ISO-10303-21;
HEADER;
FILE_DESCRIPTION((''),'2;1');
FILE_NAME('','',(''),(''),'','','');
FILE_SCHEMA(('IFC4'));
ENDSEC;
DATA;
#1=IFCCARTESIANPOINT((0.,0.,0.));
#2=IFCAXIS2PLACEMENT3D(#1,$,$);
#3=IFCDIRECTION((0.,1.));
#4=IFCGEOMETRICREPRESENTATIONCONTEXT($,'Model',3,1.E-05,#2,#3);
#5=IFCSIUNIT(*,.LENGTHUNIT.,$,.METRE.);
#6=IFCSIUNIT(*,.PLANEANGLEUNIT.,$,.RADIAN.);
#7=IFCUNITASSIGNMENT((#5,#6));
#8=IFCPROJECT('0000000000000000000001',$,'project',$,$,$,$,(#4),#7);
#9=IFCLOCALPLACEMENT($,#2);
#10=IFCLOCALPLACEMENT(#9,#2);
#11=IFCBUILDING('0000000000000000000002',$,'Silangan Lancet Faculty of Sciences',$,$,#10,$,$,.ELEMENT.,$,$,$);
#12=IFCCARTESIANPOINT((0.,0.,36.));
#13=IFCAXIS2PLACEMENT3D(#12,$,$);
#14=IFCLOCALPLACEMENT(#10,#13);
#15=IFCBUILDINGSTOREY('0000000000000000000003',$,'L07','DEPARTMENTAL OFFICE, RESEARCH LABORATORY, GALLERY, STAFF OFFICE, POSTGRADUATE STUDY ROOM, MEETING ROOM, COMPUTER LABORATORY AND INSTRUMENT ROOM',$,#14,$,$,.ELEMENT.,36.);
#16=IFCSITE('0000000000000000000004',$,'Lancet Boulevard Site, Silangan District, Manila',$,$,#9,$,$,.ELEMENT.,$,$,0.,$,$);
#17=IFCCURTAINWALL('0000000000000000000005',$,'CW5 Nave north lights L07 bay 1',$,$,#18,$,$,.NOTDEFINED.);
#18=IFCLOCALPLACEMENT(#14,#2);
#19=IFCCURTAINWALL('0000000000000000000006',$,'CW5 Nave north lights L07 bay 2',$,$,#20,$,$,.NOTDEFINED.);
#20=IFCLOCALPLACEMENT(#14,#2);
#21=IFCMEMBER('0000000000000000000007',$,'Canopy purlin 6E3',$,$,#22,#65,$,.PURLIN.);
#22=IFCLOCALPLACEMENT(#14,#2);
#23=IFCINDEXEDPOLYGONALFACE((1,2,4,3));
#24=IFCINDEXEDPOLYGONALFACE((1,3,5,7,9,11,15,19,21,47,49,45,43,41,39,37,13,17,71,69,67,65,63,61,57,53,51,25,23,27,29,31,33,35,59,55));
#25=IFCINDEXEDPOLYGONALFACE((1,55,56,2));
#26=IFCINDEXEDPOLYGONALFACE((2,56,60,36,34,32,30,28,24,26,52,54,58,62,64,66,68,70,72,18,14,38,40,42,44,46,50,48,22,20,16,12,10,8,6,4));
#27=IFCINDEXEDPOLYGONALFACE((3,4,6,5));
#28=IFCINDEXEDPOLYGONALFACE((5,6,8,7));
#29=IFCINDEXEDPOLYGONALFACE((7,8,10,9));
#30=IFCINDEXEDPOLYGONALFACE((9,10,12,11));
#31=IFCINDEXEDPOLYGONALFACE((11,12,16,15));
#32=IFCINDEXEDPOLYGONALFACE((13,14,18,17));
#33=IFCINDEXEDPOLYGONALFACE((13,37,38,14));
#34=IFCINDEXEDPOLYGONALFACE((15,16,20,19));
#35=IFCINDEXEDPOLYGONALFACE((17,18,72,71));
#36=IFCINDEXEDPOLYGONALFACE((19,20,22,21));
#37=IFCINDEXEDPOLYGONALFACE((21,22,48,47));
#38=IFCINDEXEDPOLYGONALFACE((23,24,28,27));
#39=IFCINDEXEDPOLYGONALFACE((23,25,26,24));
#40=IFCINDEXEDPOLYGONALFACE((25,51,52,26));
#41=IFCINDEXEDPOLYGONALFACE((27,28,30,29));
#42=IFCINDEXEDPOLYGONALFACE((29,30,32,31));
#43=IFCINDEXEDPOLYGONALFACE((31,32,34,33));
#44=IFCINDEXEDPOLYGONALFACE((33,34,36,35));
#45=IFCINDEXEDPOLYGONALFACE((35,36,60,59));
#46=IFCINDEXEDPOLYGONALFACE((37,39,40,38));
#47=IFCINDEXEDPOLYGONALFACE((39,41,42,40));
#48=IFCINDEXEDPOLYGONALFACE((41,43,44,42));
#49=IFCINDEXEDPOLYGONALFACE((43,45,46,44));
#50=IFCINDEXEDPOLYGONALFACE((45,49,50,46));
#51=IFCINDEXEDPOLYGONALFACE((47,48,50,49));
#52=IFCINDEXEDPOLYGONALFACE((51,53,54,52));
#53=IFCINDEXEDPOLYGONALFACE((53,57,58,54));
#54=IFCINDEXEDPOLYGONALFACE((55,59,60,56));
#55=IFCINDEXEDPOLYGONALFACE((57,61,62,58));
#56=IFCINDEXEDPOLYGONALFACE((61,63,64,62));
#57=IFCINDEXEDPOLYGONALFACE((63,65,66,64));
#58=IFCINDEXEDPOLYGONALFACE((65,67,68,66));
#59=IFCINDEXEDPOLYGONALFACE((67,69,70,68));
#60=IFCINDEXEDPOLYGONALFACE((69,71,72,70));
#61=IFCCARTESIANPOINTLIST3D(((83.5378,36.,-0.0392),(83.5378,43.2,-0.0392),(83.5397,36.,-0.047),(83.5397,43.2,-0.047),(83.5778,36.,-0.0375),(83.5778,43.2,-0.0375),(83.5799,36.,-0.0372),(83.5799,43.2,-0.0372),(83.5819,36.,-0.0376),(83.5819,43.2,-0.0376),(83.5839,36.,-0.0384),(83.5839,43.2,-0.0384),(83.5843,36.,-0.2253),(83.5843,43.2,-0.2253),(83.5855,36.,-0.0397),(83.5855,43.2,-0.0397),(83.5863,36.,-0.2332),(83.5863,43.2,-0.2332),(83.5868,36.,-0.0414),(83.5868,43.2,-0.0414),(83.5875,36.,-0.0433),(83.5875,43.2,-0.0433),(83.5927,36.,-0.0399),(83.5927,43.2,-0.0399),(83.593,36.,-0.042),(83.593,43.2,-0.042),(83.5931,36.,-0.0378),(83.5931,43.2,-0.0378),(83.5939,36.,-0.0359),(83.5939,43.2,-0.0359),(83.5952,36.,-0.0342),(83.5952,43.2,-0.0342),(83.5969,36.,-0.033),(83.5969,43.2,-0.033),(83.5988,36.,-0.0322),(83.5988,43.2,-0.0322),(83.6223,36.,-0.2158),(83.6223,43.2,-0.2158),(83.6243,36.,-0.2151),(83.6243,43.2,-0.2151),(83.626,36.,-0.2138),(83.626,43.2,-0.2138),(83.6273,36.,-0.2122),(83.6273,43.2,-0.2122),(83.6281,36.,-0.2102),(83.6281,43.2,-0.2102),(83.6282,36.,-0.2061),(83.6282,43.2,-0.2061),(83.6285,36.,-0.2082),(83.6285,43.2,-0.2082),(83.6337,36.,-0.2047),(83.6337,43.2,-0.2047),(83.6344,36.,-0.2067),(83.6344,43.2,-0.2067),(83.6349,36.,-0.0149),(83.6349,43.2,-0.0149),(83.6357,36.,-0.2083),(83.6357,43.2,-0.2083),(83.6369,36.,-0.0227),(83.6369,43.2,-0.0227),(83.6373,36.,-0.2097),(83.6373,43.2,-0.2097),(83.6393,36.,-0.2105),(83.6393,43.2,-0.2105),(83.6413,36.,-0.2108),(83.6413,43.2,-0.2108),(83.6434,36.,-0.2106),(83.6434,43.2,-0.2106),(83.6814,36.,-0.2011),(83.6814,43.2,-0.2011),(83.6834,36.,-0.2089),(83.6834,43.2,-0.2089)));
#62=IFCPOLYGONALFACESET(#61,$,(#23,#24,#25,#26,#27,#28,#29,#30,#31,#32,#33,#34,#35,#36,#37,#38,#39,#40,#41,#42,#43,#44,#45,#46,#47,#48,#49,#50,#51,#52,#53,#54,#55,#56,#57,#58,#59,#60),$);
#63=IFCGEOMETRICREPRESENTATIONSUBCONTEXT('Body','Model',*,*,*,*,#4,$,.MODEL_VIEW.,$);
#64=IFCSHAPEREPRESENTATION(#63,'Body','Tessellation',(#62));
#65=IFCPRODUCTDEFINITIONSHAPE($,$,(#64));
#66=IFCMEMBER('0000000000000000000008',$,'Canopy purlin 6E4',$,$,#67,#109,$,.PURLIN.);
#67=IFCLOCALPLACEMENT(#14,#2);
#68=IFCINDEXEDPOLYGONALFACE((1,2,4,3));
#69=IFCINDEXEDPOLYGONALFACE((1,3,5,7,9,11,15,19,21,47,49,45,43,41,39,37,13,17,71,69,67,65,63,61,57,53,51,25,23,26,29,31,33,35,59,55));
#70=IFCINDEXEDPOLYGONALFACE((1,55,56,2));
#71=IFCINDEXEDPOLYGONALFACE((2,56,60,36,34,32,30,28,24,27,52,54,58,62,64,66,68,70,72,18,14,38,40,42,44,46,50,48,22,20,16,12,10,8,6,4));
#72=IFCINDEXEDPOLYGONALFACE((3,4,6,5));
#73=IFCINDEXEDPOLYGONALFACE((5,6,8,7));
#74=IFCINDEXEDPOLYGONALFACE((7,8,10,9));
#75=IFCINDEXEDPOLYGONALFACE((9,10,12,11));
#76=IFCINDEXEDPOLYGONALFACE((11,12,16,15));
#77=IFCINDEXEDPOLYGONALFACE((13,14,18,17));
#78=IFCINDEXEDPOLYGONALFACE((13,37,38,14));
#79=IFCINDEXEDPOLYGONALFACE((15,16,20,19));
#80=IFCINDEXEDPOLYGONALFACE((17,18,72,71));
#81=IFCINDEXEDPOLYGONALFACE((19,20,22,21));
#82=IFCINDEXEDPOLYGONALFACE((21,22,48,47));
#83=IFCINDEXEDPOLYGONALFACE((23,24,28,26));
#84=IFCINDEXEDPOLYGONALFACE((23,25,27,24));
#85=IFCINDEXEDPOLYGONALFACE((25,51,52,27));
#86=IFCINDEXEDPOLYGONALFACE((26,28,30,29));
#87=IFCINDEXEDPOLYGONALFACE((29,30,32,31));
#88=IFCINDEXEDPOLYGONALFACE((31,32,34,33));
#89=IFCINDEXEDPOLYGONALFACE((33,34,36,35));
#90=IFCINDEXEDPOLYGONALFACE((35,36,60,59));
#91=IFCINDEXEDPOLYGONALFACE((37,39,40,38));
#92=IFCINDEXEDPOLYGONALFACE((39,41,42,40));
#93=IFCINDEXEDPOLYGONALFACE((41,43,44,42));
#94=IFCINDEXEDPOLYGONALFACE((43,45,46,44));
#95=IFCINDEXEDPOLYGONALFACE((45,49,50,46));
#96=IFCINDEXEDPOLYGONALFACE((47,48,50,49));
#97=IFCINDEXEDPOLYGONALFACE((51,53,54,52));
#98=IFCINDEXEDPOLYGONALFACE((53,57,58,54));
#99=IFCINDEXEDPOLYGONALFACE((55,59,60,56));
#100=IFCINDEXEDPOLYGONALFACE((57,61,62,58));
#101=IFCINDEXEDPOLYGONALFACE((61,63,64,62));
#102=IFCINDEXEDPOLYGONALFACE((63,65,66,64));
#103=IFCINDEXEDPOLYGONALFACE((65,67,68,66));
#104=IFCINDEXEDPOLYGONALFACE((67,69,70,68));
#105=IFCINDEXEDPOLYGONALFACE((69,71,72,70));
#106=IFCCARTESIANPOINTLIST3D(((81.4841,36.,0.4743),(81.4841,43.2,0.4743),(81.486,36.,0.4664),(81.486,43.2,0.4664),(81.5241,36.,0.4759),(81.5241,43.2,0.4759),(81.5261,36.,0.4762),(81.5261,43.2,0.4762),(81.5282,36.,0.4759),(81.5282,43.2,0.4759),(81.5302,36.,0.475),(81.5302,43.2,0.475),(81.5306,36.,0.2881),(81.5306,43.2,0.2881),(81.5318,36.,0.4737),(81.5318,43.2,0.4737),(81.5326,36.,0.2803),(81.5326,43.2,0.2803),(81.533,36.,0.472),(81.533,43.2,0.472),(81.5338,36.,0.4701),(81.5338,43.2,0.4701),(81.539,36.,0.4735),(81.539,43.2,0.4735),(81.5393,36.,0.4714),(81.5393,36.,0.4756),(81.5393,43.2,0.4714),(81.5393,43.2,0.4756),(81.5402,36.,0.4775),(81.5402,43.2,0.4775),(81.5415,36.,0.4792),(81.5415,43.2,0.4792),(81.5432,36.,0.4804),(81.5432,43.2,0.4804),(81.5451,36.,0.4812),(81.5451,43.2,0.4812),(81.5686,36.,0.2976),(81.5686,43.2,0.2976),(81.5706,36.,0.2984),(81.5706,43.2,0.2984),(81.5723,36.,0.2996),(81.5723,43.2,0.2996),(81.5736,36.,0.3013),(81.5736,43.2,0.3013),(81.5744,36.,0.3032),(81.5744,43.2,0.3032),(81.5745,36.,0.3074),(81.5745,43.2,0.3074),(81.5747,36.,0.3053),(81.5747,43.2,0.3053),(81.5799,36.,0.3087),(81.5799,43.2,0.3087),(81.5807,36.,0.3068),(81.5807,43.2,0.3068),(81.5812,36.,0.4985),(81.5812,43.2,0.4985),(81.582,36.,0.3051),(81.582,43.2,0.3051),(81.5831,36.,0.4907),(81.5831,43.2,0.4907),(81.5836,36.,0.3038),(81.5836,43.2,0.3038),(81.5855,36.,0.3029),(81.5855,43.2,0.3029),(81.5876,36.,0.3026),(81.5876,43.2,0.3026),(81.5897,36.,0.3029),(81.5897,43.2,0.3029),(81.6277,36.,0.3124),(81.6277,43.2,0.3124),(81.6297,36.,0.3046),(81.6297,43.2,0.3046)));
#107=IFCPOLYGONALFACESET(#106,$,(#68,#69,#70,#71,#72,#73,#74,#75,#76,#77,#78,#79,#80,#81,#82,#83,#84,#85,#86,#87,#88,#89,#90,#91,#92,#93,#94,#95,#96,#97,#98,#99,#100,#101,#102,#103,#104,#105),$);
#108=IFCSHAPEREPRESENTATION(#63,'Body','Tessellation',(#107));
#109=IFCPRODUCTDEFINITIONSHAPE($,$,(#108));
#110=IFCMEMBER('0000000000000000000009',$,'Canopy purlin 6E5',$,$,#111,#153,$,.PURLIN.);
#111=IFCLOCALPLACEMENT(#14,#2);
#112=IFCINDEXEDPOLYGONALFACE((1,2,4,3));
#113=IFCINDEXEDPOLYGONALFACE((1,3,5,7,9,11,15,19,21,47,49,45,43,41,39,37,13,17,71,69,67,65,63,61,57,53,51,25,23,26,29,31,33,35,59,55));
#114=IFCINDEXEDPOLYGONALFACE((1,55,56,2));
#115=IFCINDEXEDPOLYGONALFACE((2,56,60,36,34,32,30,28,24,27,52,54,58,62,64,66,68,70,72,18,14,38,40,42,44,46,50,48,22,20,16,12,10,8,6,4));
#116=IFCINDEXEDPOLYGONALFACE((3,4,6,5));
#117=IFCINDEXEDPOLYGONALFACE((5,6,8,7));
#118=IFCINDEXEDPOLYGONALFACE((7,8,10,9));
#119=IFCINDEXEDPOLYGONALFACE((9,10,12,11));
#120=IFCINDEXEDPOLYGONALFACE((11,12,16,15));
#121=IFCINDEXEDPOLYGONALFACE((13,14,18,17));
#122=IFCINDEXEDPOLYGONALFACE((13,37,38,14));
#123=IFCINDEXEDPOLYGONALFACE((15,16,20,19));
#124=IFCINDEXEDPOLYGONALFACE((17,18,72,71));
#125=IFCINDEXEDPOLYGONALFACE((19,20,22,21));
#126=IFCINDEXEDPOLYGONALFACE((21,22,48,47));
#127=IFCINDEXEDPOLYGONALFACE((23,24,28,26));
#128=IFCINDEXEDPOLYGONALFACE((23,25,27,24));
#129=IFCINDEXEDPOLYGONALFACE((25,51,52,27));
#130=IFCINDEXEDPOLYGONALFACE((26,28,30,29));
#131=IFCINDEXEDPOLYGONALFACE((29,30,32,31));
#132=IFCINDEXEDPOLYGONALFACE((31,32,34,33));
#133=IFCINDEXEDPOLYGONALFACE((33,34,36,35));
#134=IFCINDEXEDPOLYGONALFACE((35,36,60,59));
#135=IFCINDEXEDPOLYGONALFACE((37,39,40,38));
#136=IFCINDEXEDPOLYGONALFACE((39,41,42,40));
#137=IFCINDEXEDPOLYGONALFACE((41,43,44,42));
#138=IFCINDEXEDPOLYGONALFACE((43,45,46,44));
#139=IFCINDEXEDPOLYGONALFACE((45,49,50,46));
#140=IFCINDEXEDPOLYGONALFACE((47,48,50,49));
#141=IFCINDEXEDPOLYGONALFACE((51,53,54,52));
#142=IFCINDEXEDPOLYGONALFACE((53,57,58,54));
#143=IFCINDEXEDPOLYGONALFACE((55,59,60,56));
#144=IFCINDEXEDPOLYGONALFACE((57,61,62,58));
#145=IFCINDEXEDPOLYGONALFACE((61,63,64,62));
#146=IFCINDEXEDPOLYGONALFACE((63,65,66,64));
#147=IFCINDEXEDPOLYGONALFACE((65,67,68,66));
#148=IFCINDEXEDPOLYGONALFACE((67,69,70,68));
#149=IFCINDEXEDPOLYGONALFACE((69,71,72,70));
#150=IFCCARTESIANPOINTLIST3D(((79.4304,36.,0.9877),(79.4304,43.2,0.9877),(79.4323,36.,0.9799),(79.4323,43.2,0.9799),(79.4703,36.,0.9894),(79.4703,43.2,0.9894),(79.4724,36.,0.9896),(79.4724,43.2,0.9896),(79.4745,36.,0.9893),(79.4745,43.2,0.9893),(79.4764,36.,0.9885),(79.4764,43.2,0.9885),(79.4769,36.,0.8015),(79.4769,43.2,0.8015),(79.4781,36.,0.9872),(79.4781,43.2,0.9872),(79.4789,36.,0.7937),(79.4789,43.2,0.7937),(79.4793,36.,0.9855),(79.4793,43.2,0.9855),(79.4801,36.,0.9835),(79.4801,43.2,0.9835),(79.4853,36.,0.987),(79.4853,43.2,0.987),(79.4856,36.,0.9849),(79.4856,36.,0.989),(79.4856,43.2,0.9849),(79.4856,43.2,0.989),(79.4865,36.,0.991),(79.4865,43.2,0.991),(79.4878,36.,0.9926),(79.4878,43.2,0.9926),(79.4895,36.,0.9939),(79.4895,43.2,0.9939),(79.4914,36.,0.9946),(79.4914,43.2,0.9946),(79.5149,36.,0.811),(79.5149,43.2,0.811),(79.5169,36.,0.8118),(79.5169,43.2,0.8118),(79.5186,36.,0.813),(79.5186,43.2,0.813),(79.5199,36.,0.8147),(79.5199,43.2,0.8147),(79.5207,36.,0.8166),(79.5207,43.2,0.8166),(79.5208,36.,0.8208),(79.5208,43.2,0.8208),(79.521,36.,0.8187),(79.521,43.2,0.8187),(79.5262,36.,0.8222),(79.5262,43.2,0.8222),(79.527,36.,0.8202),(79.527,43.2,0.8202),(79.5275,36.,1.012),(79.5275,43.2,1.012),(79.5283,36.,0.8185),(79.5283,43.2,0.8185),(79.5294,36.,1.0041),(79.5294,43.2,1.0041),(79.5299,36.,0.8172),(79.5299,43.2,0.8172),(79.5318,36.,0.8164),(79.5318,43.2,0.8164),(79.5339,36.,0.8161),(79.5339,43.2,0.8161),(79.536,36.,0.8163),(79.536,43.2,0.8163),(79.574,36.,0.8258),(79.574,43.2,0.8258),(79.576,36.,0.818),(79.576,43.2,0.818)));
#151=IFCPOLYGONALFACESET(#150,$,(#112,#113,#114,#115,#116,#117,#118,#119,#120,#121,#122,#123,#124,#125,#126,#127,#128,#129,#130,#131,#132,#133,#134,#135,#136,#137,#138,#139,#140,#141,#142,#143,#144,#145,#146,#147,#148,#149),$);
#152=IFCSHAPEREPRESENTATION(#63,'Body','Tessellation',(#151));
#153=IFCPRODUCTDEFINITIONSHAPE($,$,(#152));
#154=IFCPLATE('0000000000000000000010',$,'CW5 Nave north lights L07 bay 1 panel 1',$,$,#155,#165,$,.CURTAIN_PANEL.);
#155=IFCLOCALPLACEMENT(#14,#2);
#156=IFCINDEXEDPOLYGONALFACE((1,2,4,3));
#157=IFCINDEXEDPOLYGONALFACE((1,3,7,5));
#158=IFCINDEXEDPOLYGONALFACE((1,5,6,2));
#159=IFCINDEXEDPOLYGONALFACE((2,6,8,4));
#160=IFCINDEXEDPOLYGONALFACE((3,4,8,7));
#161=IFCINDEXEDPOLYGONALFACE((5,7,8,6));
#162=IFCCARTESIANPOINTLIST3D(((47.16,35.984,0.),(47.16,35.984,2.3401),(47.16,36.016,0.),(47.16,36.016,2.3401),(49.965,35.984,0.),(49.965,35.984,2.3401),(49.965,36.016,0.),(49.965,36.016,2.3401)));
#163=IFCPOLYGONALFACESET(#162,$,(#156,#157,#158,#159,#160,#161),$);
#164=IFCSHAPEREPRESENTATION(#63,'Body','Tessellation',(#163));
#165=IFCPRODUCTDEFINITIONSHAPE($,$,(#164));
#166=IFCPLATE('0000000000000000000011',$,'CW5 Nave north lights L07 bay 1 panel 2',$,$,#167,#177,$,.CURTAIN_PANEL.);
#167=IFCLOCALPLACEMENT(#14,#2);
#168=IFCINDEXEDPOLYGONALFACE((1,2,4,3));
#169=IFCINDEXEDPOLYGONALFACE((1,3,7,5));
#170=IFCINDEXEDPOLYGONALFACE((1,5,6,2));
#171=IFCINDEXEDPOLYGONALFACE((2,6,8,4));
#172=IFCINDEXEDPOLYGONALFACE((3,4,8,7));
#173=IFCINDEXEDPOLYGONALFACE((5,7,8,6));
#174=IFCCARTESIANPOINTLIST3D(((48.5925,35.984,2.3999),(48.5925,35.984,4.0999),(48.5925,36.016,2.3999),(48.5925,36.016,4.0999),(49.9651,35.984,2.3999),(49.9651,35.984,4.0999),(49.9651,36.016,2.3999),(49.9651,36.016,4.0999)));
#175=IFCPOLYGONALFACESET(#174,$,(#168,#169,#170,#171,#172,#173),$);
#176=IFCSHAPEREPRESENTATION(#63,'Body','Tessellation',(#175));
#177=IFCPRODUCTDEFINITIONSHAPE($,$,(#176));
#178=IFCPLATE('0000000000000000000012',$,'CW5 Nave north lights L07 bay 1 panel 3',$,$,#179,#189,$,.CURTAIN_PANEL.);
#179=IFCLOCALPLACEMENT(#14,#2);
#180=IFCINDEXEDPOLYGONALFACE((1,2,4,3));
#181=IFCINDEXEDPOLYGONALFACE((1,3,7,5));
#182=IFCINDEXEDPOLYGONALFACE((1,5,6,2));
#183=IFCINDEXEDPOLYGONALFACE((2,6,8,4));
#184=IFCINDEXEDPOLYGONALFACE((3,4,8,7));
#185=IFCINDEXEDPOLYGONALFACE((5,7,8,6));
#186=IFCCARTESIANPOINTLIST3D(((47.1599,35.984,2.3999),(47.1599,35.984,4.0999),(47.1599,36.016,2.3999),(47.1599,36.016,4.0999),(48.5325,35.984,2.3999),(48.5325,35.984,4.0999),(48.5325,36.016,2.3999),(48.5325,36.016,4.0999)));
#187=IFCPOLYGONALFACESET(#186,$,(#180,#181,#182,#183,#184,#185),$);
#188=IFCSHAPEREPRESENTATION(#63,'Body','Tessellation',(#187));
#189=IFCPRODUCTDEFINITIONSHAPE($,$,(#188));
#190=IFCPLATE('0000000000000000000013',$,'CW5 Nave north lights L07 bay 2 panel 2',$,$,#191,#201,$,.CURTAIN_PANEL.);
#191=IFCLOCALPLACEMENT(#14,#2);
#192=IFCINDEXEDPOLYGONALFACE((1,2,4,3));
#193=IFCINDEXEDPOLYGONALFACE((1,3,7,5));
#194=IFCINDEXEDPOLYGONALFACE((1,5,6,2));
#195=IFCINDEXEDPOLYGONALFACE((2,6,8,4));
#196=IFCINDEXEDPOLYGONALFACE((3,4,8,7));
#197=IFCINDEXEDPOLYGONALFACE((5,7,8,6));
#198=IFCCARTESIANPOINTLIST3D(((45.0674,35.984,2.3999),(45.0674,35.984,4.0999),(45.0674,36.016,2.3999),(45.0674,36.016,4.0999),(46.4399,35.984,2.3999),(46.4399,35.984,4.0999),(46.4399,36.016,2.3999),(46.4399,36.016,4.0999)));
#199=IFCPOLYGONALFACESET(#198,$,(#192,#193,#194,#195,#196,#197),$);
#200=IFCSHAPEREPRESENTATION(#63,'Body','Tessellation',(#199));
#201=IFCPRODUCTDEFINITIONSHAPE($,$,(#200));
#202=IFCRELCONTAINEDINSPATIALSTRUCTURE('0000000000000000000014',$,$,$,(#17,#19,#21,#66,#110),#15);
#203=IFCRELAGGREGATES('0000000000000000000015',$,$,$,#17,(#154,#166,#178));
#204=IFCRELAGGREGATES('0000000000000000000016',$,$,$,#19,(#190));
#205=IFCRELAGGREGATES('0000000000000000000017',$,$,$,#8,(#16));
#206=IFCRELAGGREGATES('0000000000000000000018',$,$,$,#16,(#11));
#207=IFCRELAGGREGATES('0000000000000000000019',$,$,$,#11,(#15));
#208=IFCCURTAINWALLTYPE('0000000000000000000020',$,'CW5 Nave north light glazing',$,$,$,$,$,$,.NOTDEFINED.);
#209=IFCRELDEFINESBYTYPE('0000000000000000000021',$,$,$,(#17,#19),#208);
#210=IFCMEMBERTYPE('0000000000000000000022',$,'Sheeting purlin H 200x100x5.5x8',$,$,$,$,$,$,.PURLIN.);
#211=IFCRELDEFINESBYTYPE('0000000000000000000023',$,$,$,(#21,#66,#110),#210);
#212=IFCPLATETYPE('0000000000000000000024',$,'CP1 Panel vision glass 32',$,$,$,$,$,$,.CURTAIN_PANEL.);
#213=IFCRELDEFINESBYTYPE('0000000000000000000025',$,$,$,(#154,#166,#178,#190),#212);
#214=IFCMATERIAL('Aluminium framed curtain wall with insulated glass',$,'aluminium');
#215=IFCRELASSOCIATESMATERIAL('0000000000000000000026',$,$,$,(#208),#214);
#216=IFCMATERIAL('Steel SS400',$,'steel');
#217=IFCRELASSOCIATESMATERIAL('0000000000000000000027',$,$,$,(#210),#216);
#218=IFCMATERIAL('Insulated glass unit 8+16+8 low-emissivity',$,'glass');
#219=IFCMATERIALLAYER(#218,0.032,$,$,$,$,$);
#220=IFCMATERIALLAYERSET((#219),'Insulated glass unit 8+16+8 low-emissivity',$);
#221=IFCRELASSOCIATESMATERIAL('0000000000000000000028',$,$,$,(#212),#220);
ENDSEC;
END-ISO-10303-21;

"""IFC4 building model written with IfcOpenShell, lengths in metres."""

from ifc_helpers import new_model, si_unit, direction, frame, origin, origin_2d, place, context, subcontext, project, spatial, rectangle, i_section, extrude, material, layer, layer_set, material_profile, profile_set, type_object, element, aggregate, save


model = new_model("IFC4")

# Units and contexts
model_context = context("Model", 3, precision=1e-05, world=origin(), true_north=direction((0.0, 1.0)))
body_context = subcontext(model_context, "Body", "Model", "MODEL_VIEW")
ifc_project = project(units=[si_unit("LENGTHUNIT", "METRE"), si_unit("PLANEANGLEUNIT", "RADIAN")], contexts=[model_context])

# Site, building, storey
site_placement = place(None, origin())
site = spatial("IfcSite", under=ifc_project, at=site_placement, Name="Lancet Boulevard Site, Silangan District, Manila", CompositionType="ELEMENT", RefElevation=0.0)
building_placement = place(site_placement, origin())
building = spatial("IfcBuilding", under=site, at=building_placement, Name="Silangan Lancet Faculty of Sciences", CompositionType="ELEMENT")
storey_placement = place(building_placement, frame((0.0, 0.0, 36.0)))
storey = spatial("IfcBuildingStorey", under=building, at=storey_placement, Name="L07", Description="DEPARTMENTAL OFFICE, RESEARCH LABORATORY, GALLERY, STAFF OFFICE, POSTGRADUATE STUDY ROOM, MEETING ROOM, COMPUTER LABORATORY AND INSTRUMENT ROOM", CompositionType="ELEMENT", Elevation=36.0)

# Curtain wall
ifc_material_1 = material(Name="Aluminium framed curtain wall with insulated glass", Category="aluminium")
curtain_wall_type = type_object("IfcCurtainWallType", Name="CW5 Nave north light glazing", PredefinedType="NOTDEFINED", material=ifc_material_1)
curtain_wall_1_placement = place(storey_placement, origin())
curtain_wall_1 = element("IfcCurtainWall", 1, at=curtain_wall_1_placement, inside=storey, type_object=curtain_wall_type, Name="CW5 Nave north lights L07 bay 1", PredefinedType="NOTDEFINED")

# Curtain wall
curtain_wall_2_placement = place(storey_placement, origin())
curtain_wall_2 = element("IfcCurtainWall", 2, at=curtain_wall_2_placement, inside=storey, type_object=curtain_wall_type, Name="CW5 Nave north lights L07 bay 2", PredefinedType="NOTDEFINED")

# Members
ifc_material_2 = material(Name="Steel SS400", Category="steel")
ifc_material_profile_1 = material_profile(ifc_material_2, i_section(OverallWidth=0.1001, OverallDepth=0.2, WebThickness=0.0056, FlangeThickness=0.0081, FilletRadius=0.0081, at=origin_2d()), Name="H 200x100x5.5x8")
ifc_profile_set_1 = profile_set([ifc_material_profile_1], Name="Steel SS400")
member_type_1 = type_object("IfcMemberType", Name="Sheeting purlin H 200x100x5.5x8", PredefinedType="PURLIN", material=ifc_profile_set_1)
for number, where, z_axis, x_axis, name in (
    (3, (83.6106, 36.0, -0.124), (0.0, 1.0, 0.0), (-0.970143, 0.0, -0.242536), "Canopy purlin 6E3"),
    (4, (81.5569, 36.0, 0.3894), (0.0, 1.0, 0.0), (-0.970143, 0.0, -0.242536), "Canopy purlin 6E4"),
    (5, (79.5032, 36.0, 0.9028), (0.0, 1.0, 0.0), (-0.970143, 0.0, -0.242536), "Canopy purlin 6E5"),
):
    element("IfcMember", number, at=place(storey_placement, frame(where, z_axis=z_axis, x_axis=x_axis)), inside=storey, type_object=member_type_1, Name=name, PredefinedType="PURLIN", context=body_context, shape_type="SweptSolid", body=[
        extrude(i_section(OverallWidth=0.1001, OverallDepth=0.2, WebThickness=0.0056, FlangeThickness=0.0081, FilletRadius=0.0081, at=origin_2d()), origin(), (0.0, 0.0, 1.0), 7.2),
    ])

# Plates
ifc_material_3 = material(Name="Insulated glass unit 8+16+8 low-emissivity", Category="glass")
ifc_layer_1 = layer(ifc_material_3, 0.032)
ifc_layer_set_1 = layer_set([ifc_layer_1], Name="Insulated glass unit 8+16+8 low-emissivity")
plate_type = type_object("IfcPlateType", Name="CP1 Panel vision glass 32", PredefinedType="CURTAIN_PANEL", material=ifc_layer_set_1)
plate_1_placement = place(storey_placement, frame((48.5625, 36.0, 0.0), z_axis=(0.0, 0.0, 1.0), x_axis=(-1.0, 0.0, 0.0)))
plate_1 = element("IfcPlate", 6, at=plate_1_placement, type_object=plate_type, Name="CW5 Nave north lights L07 bay 1 panel 1", PredefinedType="CURTAIN_PANEL", context=body_context, shape_type="SweptSolid", body=[
    extrude(rectangle(XDim=2.8049, YDim=0.032, at=origin_2d()), origin(), (0.0, 0.0, 1.0), 2.3401),
])
plate_2_placement = place(storey_placement, frame((49.2788, 36.0, 2.3999), z_axis=(0.0, 0.0, 1.0), x_axis=(-1.0, 0.0, 0.0)))
plate_2 = element("IfcPlate", 7, at=plate_2_placement, type_object=plate_type, Name="CW5 Nave north lights L07 bay 1 panel 2", PredefinedType="CURTAIN_PANEL", context=body_context, shape_type="SweptSolid", body=[
    extrude(rectangle(XDim=1.3726, YDim=0.032, at=origin_2d()), origin(), (0.0, 0.0, 1.0), 1.7),
])
plate_3_placement = place(storey_placement, frame((47.8462, 36.0, 2.3999), z_axis=(0.0, 0.0, 1.0), x_axis=(-1.0, 0.0, 0.0)))
plate_3 = element("IfcPlate", 8, at=plate_3_placement, type_object=plate_type, Name="CW5 Nave north lights L07 bay 1 panel 3", PredefinedType="CURTAIN_PANEL", context=body_context, shape_type="SweptSolid", body=[
    extrude(rectangle(XDim=1.3726, YDim=0.032, at=origin_2d()), origin(), (0.0, 0.0, 1.0), 1.7),
])
aggregate(curtain_wall_1, [plate_1, plate_2, plate_3])
plate_4_placement = place(storey_placement, frame((45.7537, 36.0, 2.3999), z_axis=(0.0, 0.0, 1.0), x_axis=(-1.0, 0.0, 0.0)))
plate_4 = element("IfcPlate", 9, at=plate_4_placement, type_object=plate_type, Name="CW5 Nave north lights L07 bay 2 panel 2", PredefinedType="CURTAIN_PANEL", context=body_context, shape_type="SweptSolid", body=[
    extrude(rectangle(XDim=1.3726, YDim=0.032, at=origin_2d()), origin(), (0.0, 0.0, 1.0), 1.7),
])
aggregate(curtain_wall_2, [plate_4])

save(model, "model.ifc")
